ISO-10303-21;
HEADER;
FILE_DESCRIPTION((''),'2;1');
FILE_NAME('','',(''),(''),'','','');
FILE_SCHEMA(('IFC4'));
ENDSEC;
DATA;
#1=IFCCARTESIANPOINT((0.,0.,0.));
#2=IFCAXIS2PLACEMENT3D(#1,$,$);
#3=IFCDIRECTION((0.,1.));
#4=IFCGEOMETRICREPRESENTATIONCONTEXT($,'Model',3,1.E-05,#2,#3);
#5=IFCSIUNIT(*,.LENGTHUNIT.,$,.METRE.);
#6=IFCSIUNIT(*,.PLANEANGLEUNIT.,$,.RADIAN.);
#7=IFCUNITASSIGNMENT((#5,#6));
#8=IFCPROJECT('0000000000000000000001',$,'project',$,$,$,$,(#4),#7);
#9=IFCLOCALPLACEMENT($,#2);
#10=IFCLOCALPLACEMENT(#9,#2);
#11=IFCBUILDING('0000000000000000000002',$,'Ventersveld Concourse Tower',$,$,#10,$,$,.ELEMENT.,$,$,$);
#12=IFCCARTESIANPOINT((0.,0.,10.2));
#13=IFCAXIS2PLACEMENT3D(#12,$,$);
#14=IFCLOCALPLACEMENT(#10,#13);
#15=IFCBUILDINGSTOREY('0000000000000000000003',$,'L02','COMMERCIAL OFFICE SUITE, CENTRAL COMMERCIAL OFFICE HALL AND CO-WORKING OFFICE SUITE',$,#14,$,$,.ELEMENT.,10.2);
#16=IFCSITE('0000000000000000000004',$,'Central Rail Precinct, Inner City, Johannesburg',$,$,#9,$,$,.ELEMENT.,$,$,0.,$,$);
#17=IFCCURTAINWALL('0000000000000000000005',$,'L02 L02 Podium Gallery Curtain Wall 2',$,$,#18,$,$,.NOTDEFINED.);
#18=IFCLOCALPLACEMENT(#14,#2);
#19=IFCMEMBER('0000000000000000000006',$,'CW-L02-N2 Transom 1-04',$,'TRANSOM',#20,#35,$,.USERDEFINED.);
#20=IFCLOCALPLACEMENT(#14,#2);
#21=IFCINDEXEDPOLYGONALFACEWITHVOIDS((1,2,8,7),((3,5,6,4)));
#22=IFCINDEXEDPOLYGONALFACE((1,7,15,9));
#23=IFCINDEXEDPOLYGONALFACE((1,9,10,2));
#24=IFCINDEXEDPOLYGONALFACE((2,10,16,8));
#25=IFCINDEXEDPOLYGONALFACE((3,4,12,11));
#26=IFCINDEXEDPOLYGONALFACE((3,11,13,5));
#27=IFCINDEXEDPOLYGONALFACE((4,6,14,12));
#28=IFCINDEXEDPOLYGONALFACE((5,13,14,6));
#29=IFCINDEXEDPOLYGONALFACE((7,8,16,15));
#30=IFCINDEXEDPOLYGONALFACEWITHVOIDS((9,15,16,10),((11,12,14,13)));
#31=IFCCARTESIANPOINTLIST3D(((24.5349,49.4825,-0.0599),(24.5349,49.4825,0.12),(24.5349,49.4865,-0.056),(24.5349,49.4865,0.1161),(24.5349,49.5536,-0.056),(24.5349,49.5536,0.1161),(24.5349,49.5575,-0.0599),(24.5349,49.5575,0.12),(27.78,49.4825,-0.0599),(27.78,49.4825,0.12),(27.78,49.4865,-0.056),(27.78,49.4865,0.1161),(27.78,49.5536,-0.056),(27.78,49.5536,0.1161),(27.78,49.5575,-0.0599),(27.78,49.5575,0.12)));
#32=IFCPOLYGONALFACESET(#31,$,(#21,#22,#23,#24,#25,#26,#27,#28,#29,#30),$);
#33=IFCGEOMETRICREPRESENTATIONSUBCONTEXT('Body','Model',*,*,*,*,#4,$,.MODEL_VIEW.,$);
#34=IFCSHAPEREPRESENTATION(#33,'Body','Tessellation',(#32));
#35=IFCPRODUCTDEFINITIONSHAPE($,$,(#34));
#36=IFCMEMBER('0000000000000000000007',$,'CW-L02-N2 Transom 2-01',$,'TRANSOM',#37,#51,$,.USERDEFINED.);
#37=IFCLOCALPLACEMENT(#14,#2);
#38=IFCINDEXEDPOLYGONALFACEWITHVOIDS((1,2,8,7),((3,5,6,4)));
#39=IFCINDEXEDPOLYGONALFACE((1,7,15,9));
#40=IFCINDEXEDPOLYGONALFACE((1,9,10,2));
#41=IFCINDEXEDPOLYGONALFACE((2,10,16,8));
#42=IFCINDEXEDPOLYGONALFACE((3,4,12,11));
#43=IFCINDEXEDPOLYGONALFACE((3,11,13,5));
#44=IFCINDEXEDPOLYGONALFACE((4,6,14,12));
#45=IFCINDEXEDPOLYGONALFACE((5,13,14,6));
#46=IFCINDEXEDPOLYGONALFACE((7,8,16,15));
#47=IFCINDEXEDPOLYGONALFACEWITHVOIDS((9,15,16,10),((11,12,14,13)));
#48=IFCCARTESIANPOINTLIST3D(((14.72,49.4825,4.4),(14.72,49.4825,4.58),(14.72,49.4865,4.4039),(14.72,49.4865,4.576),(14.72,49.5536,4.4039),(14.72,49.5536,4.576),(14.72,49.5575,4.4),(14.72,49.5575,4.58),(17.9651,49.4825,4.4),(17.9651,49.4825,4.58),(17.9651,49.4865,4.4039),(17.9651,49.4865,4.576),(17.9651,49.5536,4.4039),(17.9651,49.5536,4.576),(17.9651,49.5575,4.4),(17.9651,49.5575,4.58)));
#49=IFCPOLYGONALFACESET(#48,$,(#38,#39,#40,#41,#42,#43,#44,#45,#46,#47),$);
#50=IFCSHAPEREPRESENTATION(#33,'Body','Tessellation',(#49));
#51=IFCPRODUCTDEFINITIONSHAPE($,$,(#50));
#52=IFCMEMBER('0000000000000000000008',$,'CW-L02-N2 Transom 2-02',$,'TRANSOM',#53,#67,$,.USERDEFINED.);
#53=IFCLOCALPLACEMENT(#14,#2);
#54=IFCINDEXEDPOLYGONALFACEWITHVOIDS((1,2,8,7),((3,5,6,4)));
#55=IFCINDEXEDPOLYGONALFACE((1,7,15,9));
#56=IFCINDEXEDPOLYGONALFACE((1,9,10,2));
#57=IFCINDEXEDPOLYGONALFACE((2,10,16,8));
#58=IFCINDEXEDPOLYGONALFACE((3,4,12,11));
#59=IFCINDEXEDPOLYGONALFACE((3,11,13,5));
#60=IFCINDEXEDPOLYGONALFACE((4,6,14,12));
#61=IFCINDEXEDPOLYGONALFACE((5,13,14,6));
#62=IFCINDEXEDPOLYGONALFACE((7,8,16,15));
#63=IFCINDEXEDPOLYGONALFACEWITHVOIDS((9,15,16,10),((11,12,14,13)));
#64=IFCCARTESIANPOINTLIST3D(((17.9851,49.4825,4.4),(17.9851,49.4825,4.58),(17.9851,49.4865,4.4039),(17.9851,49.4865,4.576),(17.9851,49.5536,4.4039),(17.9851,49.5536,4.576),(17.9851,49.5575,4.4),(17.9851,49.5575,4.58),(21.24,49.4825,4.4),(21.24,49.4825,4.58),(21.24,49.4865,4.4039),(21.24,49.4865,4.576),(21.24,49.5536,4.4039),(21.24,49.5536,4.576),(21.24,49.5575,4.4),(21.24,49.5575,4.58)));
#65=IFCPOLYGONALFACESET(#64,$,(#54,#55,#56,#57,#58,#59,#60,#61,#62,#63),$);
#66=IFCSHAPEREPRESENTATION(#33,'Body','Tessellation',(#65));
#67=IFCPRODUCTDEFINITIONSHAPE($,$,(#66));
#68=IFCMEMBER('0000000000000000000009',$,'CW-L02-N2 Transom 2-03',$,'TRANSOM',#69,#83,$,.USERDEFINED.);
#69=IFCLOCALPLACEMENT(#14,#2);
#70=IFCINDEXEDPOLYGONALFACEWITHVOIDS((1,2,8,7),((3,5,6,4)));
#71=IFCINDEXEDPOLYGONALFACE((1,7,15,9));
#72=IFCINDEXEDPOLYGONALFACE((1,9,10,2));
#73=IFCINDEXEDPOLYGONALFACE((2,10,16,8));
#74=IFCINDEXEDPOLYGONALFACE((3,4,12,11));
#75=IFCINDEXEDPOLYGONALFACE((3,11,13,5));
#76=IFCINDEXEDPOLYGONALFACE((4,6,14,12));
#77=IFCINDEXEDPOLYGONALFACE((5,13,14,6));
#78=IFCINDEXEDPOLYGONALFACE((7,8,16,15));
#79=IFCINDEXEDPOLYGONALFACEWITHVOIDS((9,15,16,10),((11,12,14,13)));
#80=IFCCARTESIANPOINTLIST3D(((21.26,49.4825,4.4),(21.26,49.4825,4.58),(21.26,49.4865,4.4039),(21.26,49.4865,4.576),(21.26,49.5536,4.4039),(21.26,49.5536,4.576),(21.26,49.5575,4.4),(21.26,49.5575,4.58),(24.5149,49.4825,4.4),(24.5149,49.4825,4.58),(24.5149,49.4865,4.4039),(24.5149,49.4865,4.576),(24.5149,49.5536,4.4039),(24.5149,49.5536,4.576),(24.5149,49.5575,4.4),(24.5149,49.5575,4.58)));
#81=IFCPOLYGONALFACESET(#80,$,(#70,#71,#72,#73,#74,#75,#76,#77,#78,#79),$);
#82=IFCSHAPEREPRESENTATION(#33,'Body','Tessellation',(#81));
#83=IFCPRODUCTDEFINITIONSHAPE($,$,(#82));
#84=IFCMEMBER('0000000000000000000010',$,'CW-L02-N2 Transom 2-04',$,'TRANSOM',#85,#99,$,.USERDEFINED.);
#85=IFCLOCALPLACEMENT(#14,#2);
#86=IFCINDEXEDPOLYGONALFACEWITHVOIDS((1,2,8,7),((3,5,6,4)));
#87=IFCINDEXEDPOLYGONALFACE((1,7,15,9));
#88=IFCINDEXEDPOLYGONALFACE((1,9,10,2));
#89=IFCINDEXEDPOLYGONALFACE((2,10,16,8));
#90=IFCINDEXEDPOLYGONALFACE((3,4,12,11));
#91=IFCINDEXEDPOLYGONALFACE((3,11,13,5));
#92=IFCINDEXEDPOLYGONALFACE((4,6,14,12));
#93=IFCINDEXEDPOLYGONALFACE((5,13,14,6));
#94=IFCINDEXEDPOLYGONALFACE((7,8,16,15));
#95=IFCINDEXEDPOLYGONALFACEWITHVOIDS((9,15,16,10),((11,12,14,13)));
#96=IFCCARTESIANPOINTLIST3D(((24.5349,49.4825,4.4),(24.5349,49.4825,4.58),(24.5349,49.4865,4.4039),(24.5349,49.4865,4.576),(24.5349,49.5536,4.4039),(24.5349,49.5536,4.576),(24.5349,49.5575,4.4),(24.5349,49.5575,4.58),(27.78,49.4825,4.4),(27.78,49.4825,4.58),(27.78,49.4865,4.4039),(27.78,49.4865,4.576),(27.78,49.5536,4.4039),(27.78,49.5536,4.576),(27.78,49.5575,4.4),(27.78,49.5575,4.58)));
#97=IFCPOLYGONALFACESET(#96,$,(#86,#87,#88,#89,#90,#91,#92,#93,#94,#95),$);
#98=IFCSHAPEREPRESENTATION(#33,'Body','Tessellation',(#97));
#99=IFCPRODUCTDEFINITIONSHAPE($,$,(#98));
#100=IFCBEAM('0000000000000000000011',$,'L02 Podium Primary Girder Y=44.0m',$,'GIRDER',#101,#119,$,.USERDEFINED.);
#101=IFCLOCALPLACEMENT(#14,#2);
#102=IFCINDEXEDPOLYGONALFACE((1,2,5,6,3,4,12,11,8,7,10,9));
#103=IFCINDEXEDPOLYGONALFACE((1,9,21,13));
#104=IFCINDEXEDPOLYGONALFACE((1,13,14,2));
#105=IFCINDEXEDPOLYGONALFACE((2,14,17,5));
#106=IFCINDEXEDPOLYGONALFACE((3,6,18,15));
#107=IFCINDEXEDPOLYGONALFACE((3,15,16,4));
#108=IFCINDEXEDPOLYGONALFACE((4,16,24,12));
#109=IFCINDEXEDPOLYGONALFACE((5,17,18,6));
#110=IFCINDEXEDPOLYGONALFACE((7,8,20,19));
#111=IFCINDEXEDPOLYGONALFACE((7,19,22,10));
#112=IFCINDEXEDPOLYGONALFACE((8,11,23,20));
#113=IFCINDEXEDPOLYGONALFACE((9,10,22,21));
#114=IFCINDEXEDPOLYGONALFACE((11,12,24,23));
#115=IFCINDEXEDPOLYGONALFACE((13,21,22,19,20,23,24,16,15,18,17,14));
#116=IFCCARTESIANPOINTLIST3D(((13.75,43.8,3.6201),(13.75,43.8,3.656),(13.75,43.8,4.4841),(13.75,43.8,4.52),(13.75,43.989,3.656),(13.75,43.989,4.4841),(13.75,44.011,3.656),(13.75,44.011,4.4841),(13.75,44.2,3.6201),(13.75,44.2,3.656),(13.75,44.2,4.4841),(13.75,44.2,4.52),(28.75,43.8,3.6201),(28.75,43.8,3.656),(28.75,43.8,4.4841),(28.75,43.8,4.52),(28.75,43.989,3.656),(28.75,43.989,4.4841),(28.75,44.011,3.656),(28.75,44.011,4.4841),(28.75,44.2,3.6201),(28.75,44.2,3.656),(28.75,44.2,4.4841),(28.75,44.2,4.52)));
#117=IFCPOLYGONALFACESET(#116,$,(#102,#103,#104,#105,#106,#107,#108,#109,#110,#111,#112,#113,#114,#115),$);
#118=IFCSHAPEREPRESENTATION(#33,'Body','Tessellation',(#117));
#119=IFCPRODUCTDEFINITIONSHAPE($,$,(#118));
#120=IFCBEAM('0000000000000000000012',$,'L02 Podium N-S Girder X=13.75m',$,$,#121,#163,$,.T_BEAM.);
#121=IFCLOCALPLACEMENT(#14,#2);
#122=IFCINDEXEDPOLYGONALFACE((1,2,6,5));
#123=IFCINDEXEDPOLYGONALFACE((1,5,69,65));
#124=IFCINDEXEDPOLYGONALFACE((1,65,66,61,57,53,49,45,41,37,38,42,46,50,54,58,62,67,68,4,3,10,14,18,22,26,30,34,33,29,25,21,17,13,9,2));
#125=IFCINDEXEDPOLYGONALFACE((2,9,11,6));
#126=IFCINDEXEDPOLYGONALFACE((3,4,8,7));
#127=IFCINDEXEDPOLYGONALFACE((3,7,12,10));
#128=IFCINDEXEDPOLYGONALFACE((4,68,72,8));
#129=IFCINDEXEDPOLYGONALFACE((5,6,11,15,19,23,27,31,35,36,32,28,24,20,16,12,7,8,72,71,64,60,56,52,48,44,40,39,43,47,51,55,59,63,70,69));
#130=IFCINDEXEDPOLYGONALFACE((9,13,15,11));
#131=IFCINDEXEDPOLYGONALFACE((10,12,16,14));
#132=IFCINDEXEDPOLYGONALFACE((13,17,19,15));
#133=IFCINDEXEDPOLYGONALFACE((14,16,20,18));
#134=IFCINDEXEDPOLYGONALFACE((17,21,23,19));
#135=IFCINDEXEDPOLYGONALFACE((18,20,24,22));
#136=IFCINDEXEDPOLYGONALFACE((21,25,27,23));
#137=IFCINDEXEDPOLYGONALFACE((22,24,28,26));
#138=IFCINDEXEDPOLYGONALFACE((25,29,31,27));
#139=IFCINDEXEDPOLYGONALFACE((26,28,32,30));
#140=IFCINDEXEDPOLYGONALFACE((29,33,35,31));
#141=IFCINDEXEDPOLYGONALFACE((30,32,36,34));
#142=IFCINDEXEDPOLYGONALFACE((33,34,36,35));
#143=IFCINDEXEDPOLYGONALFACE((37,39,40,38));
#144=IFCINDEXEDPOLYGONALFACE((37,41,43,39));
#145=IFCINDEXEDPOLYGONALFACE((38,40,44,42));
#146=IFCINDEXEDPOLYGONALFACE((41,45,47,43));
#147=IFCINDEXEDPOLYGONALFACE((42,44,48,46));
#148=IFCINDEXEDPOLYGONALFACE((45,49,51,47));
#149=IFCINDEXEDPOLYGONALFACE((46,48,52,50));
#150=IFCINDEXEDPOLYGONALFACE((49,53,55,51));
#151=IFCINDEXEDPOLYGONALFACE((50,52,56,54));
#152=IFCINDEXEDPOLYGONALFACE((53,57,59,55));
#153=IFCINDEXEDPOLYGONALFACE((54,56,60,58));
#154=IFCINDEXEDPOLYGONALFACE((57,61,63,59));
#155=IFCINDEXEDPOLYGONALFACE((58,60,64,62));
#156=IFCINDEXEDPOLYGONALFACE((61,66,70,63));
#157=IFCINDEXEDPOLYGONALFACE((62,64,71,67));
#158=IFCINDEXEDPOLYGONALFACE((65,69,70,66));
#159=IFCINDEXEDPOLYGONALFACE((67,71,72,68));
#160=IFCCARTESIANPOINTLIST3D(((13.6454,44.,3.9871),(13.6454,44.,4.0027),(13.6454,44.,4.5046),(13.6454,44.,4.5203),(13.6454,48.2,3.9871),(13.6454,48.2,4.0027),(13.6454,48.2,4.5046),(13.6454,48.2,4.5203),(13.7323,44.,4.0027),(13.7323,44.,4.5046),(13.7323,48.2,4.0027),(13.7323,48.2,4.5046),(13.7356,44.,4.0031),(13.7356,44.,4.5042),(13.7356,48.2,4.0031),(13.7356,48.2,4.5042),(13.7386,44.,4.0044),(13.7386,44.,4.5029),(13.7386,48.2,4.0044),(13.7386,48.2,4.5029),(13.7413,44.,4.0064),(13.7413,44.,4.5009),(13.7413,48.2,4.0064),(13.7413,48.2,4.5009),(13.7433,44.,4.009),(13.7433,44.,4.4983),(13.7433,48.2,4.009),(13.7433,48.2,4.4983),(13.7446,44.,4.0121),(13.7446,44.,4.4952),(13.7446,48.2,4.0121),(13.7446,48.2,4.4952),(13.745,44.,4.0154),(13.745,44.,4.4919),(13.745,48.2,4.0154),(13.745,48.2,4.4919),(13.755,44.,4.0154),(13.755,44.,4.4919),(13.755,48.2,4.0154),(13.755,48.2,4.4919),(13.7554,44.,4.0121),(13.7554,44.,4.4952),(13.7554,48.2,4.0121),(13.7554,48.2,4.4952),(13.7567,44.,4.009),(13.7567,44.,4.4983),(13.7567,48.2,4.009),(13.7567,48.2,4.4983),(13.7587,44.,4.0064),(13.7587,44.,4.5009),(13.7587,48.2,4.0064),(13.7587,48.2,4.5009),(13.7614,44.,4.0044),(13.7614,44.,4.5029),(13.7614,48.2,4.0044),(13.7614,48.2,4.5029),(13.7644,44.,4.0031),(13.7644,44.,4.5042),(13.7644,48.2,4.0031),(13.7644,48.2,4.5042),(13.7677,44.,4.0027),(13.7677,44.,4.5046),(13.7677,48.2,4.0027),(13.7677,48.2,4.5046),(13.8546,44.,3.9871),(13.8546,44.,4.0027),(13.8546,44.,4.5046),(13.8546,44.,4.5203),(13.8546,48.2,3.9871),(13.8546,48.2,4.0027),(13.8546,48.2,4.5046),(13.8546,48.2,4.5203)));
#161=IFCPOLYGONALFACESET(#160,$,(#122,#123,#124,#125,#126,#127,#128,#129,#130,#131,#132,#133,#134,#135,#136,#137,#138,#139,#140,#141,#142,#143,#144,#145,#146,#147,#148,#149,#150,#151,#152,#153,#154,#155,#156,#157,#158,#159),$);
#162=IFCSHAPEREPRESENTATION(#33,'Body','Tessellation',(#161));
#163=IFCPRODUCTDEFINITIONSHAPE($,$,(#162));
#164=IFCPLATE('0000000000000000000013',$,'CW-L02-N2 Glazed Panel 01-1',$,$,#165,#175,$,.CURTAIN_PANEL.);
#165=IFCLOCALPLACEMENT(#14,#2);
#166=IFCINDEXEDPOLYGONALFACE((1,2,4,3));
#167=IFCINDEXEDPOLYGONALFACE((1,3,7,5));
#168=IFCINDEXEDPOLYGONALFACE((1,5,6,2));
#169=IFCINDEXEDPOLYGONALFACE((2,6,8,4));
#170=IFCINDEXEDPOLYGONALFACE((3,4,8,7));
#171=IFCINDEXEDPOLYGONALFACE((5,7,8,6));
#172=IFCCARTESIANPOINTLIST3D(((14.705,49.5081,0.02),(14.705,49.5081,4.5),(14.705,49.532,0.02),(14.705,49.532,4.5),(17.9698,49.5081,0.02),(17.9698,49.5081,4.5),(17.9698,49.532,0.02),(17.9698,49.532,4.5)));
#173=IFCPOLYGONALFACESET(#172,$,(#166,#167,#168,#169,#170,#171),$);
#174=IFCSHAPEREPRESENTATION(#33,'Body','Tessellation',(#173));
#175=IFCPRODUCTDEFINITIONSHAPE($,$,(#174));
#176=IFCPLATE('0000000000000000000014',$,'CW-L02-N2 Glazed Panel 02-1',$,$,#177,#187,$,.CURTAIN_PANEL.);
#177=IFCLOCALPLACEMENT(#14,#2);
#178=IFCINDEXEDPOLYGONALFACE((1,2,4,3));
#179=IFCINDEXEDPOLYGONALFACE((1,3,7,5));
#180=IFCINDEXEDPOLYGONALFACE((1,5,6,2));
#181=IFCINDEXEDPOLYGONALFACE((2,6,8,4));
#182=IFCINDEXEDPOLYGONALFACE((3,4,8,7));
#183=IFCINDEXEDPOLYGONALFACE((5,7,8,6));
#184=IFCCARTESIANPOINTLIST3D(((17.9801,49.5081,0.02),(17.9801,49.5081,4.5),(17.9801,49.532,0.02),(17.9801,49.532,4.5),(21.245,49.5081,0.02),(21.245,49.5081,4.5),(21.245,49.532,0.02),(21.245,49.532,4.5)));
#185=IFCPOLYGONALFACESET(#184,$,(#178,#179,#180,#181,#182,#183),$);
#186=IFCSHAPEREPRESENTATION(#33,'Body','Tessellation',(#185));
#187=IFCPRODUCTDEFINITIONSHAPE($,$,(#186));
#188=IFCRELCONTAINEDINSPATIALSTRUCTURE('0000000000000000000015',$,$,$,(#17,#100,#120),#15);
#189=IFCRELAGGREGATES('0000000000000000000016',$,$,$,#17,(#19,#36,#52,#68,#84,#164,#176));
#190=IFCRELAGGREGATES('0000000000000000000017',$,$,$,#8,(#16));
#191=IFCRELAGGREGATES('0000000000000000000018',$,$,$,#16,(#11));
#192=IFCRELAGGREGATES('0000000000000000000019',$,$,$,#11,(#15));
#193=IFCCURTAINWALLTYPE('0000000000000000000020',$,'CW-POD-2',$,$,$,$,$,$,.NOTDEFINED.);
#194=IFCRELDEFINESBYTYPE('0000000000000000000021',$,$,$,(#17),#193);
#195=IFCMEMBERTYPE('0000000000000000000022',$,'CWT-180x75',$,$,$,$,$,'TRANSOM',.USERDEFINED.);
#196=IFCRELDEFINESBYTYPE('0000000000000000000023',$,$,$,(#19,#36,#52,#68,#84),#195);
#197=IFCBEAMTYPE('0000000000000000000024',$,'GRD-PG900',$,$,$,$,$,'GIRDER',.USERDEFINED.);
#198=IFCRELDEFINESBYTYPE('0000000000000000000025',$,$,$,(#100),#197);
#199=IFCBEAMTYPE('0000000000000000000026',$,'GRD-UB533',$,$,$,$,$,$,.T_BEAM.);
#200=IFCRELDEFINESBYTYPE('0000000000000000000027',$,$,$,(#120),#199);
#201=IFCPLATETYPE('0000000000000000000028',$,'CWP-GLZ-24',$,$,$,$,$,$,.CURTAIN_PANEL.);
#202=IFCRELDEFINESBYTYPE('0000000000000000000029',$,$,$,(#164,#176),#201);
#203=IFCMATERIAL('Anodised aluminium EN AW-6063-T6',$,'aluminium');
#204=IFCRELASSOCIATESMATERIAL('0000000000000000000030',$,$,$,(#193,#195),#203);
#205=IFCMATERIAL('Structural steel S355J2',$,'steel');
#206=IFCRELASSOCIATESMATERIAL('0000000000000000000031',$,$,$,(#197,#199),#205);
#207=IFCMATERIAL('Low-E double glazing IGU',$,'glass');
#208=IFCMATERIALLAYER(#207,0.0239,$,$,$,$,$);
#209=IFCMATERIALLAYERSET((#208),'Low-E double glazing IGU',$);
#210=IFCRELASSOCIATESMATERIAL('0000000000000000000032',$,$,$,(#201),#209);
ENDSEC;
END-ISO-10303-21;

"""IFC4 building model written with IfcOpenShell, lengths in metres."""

from ifc_helpers import new_model, si_unit, direction, frame, origin, origin_2d, place, context, subcontext, project, spatial, rectangle, hollow_rectangle, i_section, extrude, material, layer, layer_set, material_profile, profile_set, type_object, element, aggregate, save


model = new_model("IFC4")

# Units and contexts
model_context = context("Model", 3, precision=1e-05, world=origin(), true_north=direction((0.0, 1.0)))
body_context = subcontext(model_context, "Body", "Model", "MODEL_VIEW")
ifc_project = project(units=[si_unit("LENGTHUNIT", "METRE"), si_unit("PLANEANGLEUNIT", "RADIAN")], contexts=[model_context])

# Site, building, storey
site_placement = place(None, origin())
site = spatial("IfcSite", under=ifc_project, at=site_placement, Name="Central Rail Precinct, Inner City, Johannesburg", CompositionType="ELEMENT", RefElevation=0.0)
building_placement = place(site_placement, origin())
building = spatial("IfcBuilding", under=site, at=building_placement, Name="Ventersveld Concourse Tower", CompositionType="ELEMENT")
storey_placement = place(building_placement, frame((0.0, 0.0, 10.2)))
storey = spatial("IfcBuildingStorey", under=building, at=storey_placement, Name="L02", Description="COMMERCIAL OFFICE SUITE, CENTRAL COMMERCIAL OFFICE HALL AND CO-WORKING OFFICE SUITE", CompositionType="ELEMENT", Elevation=10.2)

# Curtain wall, members
ifc_material_1 = material(Name="Anodised aluminium EN AW-6063-T6", Category="aluminium")
curtain_wall_type = type_object("IfcCurtainWallType", Name="CW-POD-2", PredefinedType="NOTDEFINED", material=ifc_material_1)
curtain_wall_placement = place(storey_placement, origin())
curtain_wall = element("IfcCurtainWall", 1, at=curtain_wall_placement, inside=storey, type_object=curtain_wall_type, Name="L02 L02 Podium Gallery Curtain Wall 2", PredefinedType="NOTDEFINED")
ifc_material_profile_1 = material_profile(ifc_material_1, hollow_rectangle(XDim=0.075, YDim=0.1799, WallThickness=0.0039, at=origin_2d()), Name="ALU 180x75x4")
ifc_profile_set_1 = profile_set([ifc_material_profile_1], Name="Anodised aluminium EN AW-6063-T6")
member_type_1 = type_object("IfcMemberType", Name="CWT-180x75", ElementType="TRANSOM", PredefinedType="USERDEFINED", material=ifc_profile_set_1)
member_1_placement = place(storey_placement, frame((24.5349, 49.52, 0.03), z_axis=(1.0, 0.0, 0.0), x_axis=(0.0, 1.0, 0.0)))
member_1 = element("IfcMember", 2, at=member_1_placement, type_object=member_type_1, Name="CW-L02-N2 Transom 1-04", ObjectType="TRANSOM", PredefinedType="USERDEFINED", context=body_context, shape_type="SweptSolid", body=[
    extrude(hollow_rectangle(XDim=0.075, YDim=0.1799, WallThickness=0.0039, at=origin_2d()), origin(), (0.0, 0.0, 1.0), 3.2451),
])
member_2_placement = place(storey_placement, frame((14.72, 49.52, 4.49), z_axis=(1.0, 0.0, 0.0), x_axis=(0.0, 1.0, 0.0)))
member_2 = element("IfcMember", 3, at=member_2_placement, type_object=member_type_1, Name="CW-L02-N2 Transom 2-01", ObjectType="TRANSOM", PredefinedType="USERDEFINED", context=body_context, shape_type="SweptSolid", body=[
    extrude(hollow_rectangle(XDim=0.075, YDim=0.1799, WallThickness=0.0039, at=origin_2d()), origin(), (0.0, 0.0, 1.0), 3.2451),
])
member_3_placement = place(storey_placement, frame((17.9851, 49.52, 4.49), z_axis=(1.0, 0.0, 0.0), x_axis=(0.0, 1.0, 0.0)))
member_3 = element("IfcMember", 4, at=member_3_placement, type_object=member_type_1, Name="CW-L02-N2 Transom 2-02", ObjectType="TRANSOM", PredefinedType="USERDEFINED", context=body_context, shape_type="SweptSolid", body=[
    extrude(hollow_rectangle(XDim=0.075, YDim=0.1799, WallThickness=0.0039, at=origin_2d()), origin(), (0.0, 0.0, 1.0), 3.2549),
])
member_4_placement = place(storey_placement, frame((21.26, 49.52, 4.49), z_axis=(1.0, 0.0, 0.0), x_axis=(0.0, 1.0, 0.0)))
member_4 = element("IfcMember", 5, at=member_4_placement, type_object=member_type_1, Name="CW-L02-N2 Transom 2-03", ObjectType="TRANSOM", PredefinedType="USERDEFINED", context=body_context, shape_type="SweptSolid", body=[
    extrude(hollow_rectangle(XDim=0.075, YDim=0.1799, WallThickness=0.0039, at=origin_2d()), origin(), (0.0, 0.0, 1.0), 3.2549),
])
member_5_placement = place(storey_placement, frame((24.5349, 49.52, 4.49), z_axis=(1.0, 0.0, 0.0), x_axis=(0.0, 1.0, 0.0)))
member_5 = element("IfcMember", 6, at=member_5_placement, type_object=member_type_1, Name="CW-L02-N2 Transom 2-04", ObjectType="TRANSOM", PredefinedType="USERDEFINED", context=body_context, shape_type="SweptSolid", body=[
    extrude(hollow_rectangle(XDim=0.075, YDim=0.1799, WallThickness=0.0039, at=origin_2d()), origin(), (0.0, 0.0, 1.0), 3.2451),
])

# Beams
ifc_material_2 = material(Name="Structural steel S355J2", Category="steel")
ifc_material_profile_2 = material_profile(ifc_material_2, i_section(OverallWidth=0.3999, OverallDepth=0.8999, WebThickness=0.022, FlangeThickness=0.0359, at=origin_2d()), Name="PG 900x400x36")
ifc_profile_set_2 = profile_set([ifc_material_profile_2], Name="Structural steel S355J2")
beam_type_1 = type_object("IfcBeamType", Name="GRD-PG900", ElementType="GIRDER", PredefinedType="USERDEFINED", material=ifc_profile_set_2)
beam_1_placement = place(storey_placement, frame((13.75, 44.0, 4.0701), z_axis=(1.0, 0.0, 0.0), x_axis=(0.0, 1.0, 0.0)))
element("IfcBeam", 7, at=beam_1_placement, inside=storey, type_object=beam_type_1, Name="L02 Podium Primary Girder Y=44.0m", ObjectType="GIRDER", PredefinedType="USERDEFINED", context=body_context, shape_type="SweptSolid", body=[
    extrude(i_section(OverallWidth=0.3999, OverallDepth=0.8999, WebThickness=0.022, FlangeThickness=0.0359, at=origin_2d()), origin(), (0.0, 0.0, 1.0), 15.0),
])
ifc_material_profile_3 = material_profile(ifc_material_2, i_section(OverallWidth=0.2092, OverallDepth=0.5332, WebThickness=0.01, FlangeThickness=0.0156, FilletRadius=0.0127, at=origin_2d()), Name="UB 533x210x92")
ifc_profile_set_3 = profile_set([ifc_material_profile_3], Name="Structural steel S355J2")
beam_type_2 = type_object("IfcBeamType", Name="GRD-UB533", PredefinedType="T_BEAM", material=ifc_profile_set_3)
beam_2_placement = place(storey_placement, frame((13.75, 44.0, 4.2537), z_axis=(0.0, 1.0, 0.0), x_axis=(-1.0, 0.0, 0.0)))
element("IfcBeam", 8, at=beam_2_placement, inside=storey, type_object=beam_type_2, Name="L02 Podium N-S Girder X=13.75m", PredefinedType="T_BEAM", context=body_context, shape_type="SweptSolid", body=[
    extrude(i_section(OverallWidth=0.2092, OverallDepth=0.5332, WebThickness=0.01, FlangeThickness=0.0156, FilletRadius=0.0127, at=origin_2d()), origin(), (0.0, 0.0, 1.0), 4.2),
])

# Plates
ifc_material_3 = material(Name="Low-E double glazing IGU", Category="glass")
ifc_layer_1 = layer(ifc_material_3, 0.0239)
ifc_layer_set_1 = layer_set([ifc_layer_1], Name="Low-E double glazing IGU")
plate_type = type_object("IfcPlateType", Name="CWP-GLZ-24", PredefinedType="CURTAIN_PANEL", material=ifc_layer_set_1)
plate_1_placement = place(storey_placement, frame((16.3374, 49.52, 0.02), z_axis=(0.0, 0.0, 1.0), x_axis=(1.0, 0.0, 0.0)))
plate_1 = element("IfcPlate", 9, at=plate_1_placement, type_object=plate_type, Name="CW-L02-N2 Glazed Panel 01-1", PredefinedType="CURTAIN_PANEL", context=body_context, shape_type="SweptSolid", body=[
    extrude(rectangle(XDim=3.2649, YDim=0.0239, at=origin_2d()), origin(), (0.0, 0.0, 1.0), 4.48),
])
plate_2_placement = place(storey_placement, frame((19.6125, 49.52, 0.02), z_axis=(0.0, 0.0, 1.0), x_axis=(1.0, 0.0, 0.0)))
plate_2 = element("IfcPlate", 10, at=plate_2_placement, type_object=plate_type, Name="CW-L02-N2 Glazed Panel 02-1", PredefinedType="CURTAIN_PANEL", context=body_context, shape_type="SweptSolid", body=[
    extrude(rectangle(XDim=3.2649, YDim=0.0239, at=origin_2d()), origin(), (0.0, 0.0, 1.0), 4.48),
])
aggregate(curtain_wall, [member_1, member_2, member_3, member_4, member_5, plate_1, plate_2])

save(model, "model.ifc")
